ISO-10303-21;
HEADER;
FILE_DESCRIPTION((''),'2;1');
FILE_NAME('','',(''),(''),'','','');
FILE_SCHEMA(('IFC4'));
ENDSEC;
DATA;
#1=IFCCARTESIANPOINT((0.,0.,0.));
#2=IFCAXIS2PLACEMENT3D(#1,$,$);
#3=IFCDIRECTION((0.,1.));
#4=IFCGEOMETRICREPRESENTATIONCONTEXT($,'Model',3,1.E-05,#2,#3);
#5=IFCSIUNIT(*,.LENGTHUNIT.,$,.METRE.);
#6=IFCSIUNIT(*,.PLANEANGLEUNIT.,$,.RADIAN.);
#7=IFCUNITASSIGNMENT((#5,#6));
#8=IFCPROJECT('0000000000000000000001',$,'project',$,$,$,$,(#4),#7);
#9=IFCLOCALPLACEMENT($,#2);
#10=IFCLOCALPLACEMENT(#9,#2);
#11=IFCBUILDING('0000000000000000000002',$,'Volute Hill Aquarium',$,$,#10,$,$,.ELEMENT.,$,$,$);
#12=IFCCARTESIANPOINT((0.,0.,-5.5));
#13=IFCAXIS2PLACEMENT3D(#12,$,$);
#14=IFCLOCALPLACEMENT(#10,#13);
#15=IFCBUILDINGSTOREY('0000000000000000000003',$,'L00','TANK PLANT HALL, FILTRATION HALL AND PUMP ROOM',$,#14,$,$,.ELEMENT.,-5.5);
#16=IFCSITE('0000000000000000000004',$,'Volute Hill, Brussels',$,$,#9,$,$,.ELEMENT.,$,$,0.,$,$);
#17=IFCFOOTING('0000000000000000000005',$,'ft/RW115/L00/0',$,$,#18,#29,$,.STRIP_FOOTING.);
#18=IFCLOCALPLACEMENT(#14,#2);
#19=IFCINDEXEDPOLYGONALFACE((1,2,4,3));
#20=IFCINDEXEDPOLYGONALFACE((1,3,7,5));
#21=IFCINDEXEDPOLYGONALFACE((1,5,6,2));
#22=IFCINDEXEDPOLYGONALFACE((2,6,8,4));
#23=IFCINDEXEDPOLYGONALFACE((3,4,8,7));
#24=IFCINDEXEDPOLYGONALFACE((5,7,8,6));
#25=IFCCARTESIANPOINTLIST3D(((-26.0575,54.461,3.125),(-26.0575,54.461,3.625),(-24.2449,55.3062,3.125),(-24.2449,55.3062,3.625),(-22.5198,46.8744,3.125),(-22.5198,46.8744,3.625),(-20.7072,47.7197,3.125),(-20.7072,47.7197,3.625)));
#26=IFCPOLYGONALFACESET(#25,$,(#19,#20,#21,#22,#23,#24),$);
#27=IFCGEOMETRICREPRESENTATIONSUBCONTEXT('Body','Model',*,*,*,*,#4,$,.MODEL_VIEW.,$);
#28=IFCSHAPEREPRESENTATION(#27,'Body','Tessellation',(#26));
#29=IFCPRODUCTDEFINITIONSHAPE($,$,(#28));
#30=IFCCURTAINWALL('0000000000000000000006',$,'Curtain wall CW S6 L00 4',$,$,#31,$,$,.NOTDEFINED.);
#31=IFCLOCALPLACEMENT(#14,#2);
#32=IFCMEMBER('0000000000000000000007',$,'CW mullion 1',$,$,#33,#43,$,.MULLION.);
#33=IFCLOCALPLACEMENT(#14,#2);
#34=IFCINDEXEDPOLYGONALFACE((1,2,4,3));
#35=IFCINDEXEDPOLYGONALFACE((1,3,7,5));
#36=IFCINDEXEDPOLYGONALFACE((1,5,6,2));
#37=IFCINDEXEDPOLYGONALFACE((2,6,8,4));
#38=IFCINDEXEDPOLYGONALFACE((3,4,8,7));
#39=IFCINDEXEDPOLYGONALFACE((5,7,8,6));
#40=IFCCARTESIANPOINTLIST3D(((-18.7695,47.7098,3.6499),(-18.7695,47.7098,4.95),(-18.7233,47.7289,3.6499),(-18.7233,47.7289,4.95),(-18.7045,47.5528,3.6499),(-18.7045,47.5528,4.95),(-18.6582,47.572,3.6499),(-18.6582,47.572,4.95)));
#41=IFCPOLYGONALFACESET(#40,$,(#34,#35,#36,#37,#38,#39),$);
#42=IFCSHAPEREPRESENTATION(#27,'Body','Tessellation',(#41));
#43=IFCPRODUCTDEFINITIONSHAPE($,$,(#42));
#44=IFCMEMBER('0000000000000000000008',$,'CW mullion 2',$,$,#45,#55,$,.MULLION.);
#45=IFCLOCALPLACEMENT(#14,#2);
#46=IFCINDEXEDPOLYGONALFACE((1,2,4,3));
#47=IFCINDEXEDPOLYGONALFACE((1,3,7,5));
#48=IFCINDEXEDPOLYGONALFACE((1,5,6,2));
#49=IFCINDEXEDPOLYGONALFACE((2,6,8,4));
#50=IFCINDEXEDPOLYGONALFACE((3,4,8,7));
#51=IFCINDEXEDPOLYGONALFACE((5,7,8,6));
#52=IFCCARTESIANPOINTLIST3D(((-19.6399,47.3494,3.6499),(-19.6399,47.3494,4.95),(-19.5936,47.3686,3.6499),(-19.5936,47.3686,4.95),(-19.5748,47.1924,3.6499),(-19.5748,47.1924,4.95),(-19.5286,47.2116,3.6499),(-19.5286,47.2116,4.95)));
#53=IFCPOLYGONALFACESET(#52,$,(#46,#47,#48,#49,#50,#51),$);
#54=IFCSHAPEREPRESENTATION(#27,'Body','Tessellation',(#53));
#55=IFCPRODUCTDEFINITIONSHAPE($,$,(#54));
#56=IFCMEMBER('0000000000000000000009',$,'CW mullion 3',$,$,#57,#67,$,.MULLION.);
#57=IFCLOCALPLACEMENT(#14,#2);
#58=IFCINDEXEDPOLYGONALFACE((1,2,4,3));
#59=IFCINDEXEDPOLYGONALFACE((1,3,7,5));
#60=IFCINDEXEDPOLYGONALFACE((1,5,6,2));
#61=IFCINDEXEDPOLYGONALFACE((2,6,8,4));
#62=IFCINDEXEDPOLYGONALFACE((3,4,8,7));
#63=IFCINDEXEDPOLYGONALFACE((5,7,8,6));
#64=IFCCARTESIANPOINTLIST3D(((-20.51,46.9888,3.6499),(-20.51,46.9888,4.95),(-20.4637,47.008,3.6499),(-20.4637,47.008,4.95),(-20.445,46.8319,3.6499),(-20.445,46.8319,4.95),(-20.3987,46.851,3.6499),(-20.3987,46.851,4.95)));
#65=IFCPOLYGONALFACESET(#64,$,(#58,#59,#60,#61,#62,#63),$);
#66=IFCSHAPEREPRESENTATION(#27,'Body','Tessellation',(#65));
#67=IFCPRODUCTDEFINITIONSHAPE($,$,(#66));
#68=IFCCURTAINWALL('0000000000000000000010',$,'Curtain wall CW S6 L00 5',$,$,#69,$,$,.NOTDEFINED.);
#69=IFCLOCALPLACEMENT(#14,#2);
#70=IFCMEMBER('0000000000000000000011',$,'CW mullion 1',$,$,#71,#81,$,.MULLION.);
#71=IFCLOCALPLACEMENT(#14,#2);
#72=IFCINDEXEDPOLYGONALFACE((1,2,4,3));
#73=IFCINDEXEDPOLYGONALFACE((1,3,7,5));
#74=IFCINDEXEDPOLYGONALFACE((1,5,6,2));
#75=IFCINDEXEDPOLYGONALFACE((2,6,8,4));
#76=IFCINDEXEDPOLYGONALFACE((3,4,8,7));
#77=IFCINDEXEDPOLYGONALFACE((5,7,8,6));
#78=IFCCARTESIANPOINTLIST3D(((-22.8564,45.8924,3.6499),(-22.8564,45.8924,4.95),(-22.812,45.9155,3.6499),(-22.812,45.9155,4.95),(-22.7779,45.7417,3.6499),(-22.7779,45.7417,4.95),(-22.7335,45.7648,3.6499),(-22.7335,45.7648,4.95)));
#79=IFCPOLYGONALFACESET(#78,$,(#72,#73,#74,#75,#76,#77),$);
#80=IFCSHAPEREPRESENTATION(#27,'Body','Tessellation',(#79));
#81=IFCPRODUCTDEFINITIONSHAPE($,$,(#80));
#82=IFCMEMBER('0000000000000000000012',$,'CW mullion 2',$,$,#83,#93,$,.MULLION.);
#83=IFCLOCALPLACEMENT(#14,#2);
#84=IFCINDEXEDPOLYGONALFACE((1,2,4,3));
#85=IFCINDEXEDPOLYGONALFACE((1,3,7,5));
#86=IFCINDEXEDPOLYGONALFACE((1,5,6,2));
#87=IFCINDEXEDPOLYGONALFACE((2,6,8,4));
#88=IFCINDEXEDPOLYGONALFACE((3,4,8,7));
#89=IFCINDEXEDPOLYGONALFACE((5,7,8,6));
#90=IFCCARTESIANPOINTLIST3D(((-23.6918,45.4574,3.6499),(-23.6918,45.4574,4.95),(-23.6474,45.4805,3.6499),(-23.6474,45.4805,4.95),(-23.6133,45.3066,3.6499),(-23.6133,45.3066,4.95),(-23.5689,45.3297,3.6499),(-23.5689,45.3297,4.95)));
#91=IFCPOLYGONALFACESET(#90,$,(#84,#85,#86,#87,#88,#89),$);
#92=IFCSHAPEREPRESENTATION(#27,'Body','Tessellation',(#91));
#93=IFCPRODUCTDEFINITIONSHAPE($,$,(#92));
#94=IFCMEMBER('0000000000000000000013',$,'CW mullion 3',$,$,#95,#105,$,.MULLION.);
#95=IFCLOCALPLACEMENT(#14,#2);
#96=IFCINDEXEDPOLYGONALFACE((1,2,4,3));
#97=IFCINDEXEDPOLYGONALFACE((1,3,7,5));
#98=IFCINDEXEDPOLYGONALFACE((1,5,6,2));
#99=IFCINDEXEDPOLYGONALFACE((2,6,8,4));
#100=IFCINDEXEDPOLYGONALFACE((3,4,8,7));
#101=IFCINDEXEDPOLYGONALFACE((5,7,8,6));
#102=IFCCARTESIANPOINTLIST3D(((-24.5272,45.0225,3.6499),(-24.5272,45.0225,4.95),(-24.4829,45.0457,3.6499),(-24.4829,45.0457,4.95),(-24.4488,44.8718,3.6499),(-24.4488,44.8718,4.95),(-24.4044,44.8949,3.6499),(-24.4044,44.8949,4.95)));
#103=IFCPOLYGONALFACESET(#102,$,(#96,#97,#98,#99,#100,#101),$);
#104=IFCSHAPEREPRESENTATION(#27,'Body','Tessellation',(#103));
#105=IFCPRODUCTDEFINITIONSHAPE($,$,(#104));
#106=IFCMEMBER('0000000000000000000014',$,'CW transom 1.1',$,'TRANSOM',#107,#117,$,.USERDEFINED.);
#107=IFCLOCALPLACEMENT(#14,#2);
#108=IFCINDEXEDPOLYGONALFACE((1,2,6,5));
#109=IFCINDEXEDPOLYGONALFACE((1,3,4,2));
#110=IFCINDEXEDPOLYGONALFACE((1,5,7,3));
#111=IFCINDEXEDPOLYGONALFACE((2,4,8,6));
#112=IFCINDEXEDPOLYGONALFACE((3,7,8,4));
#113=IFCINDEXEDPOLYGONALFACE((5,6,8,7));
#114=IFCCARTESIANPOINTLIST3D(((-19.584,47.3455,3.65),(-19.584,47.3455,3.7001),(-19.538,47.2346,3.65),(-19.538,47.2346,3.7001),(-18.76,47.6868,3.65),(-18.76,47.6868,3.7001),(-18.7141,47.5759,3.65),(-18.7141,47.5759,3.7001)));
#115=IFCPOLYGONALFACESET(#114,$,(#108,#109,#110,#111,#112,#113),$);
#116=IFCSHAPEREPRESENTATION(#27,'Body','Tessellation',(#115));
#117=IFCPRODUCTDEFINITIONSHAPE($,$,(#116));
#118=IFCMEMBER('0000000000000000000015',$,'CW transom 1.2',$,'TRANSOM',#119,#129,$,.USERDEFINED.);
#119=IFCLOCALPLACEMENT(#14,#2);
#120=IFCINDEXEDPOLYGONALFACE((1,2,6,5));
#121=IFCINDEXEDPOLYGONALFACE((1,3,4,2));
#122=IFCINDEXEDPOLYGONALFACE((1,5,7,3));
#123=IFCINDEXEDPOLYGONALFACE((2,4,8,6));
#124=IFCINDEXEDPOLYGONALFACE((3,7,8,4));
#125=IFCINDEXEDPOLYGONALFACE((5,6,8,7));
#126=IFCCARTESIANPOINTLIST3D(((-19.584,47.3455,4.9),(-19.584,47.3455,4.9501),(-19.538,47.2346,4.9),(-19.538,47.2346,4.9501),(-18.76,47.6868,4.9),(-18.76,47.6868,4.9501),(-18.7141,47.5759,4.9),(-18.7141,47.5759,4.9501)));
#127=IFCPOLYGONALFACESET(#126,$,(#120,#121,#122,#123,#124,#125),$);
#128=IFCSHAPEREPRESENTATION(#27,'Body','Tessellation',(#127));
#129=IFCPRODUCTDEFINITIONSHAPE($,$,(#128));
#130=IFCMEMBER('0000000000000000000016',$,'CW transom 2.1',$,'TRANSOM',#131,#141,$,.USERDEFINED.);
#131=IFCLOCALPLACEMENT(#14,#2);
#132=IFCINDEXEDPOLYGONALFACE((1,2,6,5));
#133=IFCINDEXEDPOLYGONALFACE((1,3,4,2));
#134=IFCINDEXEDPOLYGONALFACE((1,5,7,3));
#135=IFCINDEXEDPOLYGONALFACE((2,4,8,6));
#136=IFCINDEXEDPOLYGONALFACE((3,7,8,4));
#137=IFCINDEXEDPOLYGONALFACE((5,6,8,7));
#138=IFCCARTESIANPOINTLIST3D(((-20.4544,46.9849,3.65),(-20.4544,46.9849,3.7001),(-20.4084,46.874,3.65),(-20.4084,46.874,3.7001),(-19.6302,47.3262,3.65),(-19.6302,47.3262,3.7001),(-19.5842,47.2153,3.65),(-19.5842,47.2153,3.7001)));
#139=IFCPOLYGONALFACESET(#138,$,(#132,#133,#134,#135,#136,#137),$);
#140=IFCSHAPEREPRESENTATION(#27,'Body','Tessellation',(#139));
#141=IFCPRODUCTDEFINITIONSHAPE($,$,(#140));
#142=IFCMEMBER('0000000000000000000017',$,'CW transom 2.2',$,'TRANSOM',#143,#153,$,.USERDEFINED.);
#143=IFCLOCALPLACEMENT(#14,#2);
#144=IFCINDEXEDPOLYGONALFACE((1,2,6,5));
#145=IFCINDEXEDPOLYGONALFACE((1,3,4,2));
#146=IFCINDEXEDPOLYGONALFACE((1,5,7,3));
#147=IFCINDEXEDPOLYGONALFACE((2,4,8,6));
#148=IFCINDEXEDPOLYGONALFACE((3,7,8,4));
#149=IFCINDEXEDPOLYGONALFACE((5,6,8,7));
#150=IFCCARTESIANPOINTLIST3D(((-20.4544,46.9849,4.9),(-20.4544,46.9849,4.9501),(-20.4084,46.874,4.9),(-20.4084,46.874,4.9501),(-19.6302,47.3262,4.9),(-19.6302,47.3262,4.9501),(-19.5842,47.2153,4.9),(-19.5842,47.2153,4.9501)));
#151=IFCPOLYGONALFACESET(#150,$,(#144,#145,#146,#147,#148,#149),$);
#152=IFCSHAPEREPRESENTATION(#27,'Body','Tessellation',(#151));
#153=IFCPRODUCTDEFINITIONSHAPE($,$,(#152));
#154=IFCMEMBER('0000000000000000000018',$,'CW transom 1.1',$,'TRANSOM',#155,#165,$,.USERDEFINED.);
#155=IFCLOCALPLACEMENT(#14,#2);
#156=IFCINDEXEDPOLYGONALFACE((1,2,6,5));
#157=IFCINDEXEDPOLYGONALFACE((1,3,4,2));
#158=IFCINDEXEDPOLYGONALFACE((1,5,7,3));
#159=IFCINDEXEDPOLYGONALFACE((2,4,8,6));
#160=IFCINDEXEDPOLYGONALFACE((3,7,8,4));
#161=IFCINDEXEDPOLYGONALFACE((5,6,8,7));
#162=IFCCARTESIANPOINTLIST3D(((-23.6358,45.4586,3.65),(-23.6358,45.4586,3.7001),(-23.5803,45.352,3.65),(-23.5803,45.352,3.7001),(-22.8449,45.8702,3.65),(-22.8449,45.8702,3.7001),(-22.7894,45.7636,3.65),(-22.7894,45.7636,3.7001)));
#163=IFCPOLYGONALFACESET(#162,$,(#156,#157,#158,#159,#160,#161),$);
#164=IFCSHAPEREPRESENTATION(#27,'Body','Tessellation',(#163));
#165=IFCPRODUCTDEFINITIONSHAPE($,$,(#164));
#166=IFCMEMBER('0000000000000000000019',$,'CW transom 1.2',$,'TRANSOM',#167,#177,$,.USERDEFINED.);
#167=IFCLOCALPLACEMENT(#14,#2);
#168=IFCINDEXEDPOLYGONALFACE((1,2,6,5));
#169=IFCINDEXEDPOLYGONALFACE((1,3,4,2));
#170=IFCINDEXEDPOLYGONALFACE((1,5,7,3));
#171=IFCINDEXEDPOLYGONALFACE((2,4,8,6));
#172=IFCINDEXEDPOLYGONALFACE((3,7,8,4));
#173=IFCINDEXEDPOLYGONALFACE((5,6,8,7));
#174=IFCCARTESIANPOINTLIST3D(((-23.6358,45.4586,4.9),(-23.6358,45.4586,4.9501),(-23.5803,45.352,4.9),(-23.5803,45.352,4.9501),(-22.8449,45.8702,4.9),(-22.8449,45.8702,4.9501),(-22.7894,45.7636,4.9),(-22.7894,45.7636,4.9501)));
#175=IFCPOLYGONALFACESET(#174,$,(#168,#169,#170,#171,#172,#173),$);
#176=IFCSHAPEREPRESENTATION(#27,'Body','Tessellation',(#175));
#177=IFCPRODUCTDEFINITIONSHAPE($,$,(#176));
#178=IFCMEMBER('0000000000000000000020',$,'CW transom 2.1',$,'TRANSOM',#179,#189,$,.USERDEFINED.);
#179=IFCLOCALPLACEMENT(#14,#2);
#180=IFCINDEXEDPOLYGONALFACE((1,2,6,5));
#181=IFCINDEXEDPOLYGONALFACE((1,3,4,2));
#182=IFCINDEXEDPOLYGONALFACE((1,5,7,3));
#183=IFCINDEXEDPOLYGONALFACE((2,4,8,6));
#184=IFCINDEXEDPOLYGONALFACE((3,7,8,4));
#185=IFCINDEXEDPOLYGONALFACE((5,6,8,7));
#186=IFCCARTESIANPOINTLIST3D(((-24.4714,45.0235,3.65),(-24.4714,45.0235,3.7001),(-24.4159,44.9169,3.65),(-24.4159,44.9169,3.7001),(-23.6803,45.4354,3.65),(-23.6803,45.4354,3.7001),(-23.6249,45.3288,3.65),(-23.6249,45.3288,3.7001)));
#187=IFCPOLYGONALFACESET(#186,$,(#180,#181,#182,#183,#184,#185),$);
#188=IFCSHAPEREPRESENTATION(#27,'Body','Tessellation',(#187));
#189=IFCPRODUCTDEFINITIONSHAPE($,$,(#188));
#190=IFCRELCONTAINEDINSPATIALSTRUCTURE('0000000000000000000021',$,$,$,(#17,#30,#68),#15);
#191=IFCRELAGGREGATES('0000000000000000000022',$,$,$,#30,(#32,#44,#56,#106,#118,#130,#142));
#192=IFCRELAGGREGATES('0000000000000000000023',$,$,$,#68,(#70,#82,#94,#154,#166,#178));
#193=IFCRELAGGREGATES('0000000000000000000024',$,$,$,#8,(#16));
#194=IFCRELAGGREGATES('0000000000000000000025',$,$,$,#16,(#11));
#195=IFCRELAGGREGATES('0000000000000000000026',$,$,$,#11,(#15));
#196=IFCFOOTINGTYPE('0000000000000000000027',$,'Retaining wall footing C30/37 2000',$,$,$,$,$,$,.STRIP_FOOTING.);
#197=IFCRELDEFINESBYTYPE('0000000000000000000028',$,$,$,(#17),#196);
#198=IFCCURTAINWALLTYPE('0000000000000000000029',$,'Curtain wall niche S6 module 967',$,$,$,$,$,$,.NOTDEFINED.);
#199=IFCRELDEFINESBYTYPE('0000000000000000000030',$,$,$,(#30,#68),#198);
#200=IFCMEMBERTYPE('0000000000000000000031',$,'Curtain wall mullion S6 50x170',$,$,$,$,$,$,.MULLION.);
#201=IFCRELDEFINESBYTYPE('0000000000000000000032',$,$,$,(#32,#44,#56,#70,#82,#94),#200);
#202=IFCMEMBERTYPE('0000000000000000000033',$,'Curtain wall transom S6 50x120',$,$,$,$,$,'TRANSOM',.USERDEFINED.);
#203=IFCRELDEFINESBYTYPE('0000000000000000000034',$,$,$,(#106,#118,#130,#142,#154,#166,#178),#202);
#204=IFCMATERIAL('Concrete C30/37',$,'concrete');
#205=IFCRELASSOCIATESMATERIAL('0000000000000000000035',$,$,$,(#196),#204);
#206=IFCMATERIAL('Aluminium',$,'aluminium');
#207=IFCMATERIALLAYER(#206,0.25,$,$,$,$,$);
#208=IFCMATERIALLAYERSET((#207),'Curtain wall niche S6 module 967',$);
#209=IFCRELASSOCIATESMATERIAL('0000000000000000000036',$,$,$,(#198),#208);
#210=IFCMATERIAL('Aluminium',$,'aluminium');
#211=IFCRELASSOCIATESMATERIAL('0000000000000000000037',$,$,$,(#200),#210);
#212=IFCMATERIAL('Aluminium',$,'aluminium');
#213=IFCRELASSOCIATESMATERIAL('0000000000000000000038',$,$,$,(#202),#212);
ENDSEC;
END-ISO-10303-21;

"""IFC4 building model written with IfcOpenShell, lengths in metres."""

from ifc_helpers import new_model, si_unit, direction, frame, origin, origin_2d, place, context, subcontext, project, spatial, rectangle, extrude, material, layer, layer_set, material_profile, profile_set, type_object, element, aggregate, save


model = new_model("IFC4")

# Units and contexts
model_context = context("Model", 3, precision=1e-05, world=origin(), true_north=direction((0.0, 1.0)))
body_context = subcontext(model_context, "Body", "Model", "MODEL_VIEW")
ifc_project = project(units=[si_unit("LENGTHUNIT", "METRE"), si_unit("PLANEANGLEUNIT", "RADIAN")], contexts=[model_context])

# Site, building, storey
site_placement = place(None, origin())
site = spatial("IfcSite", under=ifc_project, at=site_placement, Name="Volute Hill, Brussels", CompositionType="ELEMENT", RefElevation=0.0)
building_placement = place(site_placement, origin())
building = spatial("IfcBuilding", under=site, at=building_placement, Name="Volute Hill Aquarium", CompositionType="ELEMENT")
storey_placement = place(building_placement, frame((0.0, 0.0, -5.5)))
storey = spatial("IfcBuildingStorey", under=building, at=storey_placement, Name="L00", Description="TANK PLANT HALL, FILTRATION HALL AND PUMP ROOM", CompositionType="ELEMENT", Elevation=-5.5)

# Footing
ifc_material_1 = material(Name="Concrete C30/37", Category="concrete")
footing_type = type_object("IfcFootingType", Name="Retaining wall footing C30/37 2000", PredefinedType="STRIP_FOOTING", material=ifc_material_1)
footing_placement = place(storey_placement, frame((-23.3823, 51.0903, 3.125), z_axis=(0.0, 0.0, 1.0), x_axis=(-0.422618, 0.906308, 0.0)))
element("IfcFooting", 1, at=footing_placement, inside=storey, type_object=footing_type, Name="ft/RW115/L00/0", PredefinedType="STRIP_FOOTING", context=body_context, shape_type="SweptSolid", body=[
    extrude(rectangle(XDim=8.3708, YDim=2.0, at=origin_2d()), origin(), (0.0, 0.0, 1.0), 0.5),
])

# Curtain walls, members
ifc_material_2 = material(Name="Aluminium", Category="aluminium")
ifc_layer_1 = layer(ifc_material_2, 0.25)
ifc_layer_set_1 = layer_set([ifc_layer_1], Name="Curtain wall niche S6 module 967")
curtain_wall_type = type_object("IfcCurtainWallType", Name="Curtain wall niche S6 module 967", PredefinedType="NOTDEFINED", material=ifc_layer_set_1)
curtain_wall_1_placement = place(storey_placement, origin())
curtain_wall_1 = element("IfcCurtainWall", 2, at=curtain_wall_1_placement, inside=storey, type_object=curtain_wall_type, Name="Curtain wall CW S6 L00 4", PredefinedType="NOTDEFINED")
ifc_material_3 = material(Name="Aluminium", Category="aluminium")
ifc_material_profile_1 = material_profile(ifc_material_3, rectangle(XDim=0.1699, YDim=0.05, at=origin_2d()), Name="Curtain wall mullion S6 50x170")
ifc_profile_set_1 = profile_set([ifc_material_profile_1], Name="Aluminium")
member_type_1 = type_object("IfcMemberType", Name="Curtain wall mullion S6 50x170", PredefinedType="MULLION", material=ifc_profile_set_1)
member_1_placement = place(storey_placement, frame((-18.7139, 47.6409, 3.6499), z_axis=(0.0, 0.0, 1.0), x_axis=(0.38268, -0.923881, 0.0)))
member_1 = element("IfcMember", 3, at=member_1_placement, type_object=member_type_1, Name="CW mullion 1", PredefinedType="MULLION", context=body_context, shape_type="SweptSolid", body=[
    extrude(rectangle(XDim=0.1699, YDim=0.05, at=origin_2d()), origin(), (0.0, 0.0, 1.0), 1.3),
])
member_2_placement = place(storey_placement, frame((-19.5842, 47.2805, 3.6499), z_axis=(0.0, 0.0, 1.0), x_axis=(0.38268, -0.923881, 0.0)))
member_2 = element("IfcMember", 4, at=member_2_placement, type_object=member_type_1, Name="CW mullion 2", PredefinedType="MULLION", context=body_context, shape_type="SweptSolid", body=[
    extrude(rectangle(XDim=0.1699, YDim=0.05, at=origin_2d()), origin(), (0.0, 0.0, 1.0), 1.3),
])
member_3_placement = place(storey_placement, frame((-20.4543, 46.9199, 3.6499), z_axis=(0.0, 0.0, 1.0), x_axis=(0.38268, -0.923881, 0.0)))
member_3 = element("IfcMember", 5, at=member_3_placement, type_object=member_type_1, Name="CW mullion 3", PredefinedType="MULLION", context=body_context, shape_type="SweptSolid", body=[
    extrude(rectangle(XDim=0.1699, YDim=0.05, at=origin_2d()), origin(), (0.0, 0.0, 1.0), 1.3),
])
curtain_wall_2_placement = place(storey_placement, origin())
curtain_wall_2 = element("IfcCurtainWall", 6, at=curtain_wall_2_placement, inside=storey, type_object=curtain_wall_type, Name="Curtain wall CW S6 L00 5", PredefinedType="NOTDEFINED")
member_4_placement = place(storey_placement, frame((-22.7949, 45.8286, 3.6499), z_axis=(0.0, 0.0, 1.0), x_axis=(0.46176, -0.887005, 0.0)))
member_4 = element("IfcMember", 7, at=member_4_placement, type_object=member_type_1, Name="CW mullion 1", PredefinedType="MULLION", context=body_context, shape_type="SweptSolid", body=[
    extrude(rectangle(XDim=0.1699, YDim=0.05, at=origin_2d()), origin(), (0.0, 0.0, 1.0), 1.3),
])
member_5_placement = place(storey_placement, frame((-23.6304, 45.3936, 3.6499), z_axis=(0.0, 0.0, 1.0), x_axis=(0.46176, -0.887005, 0.0)))
member_5 = element("IfcMember", 8, at=member_5_placement, type_object=member_type_1, Name="CW mullion 2", PredefinedType="MULLION", context=body_context, shape_type="SweptSolid", body=[
    extrude(rectangle(XDim=0.1699, YDim=0.05, at=origin_2d()), origin(), (0.0, 0.0, 1.0), 1.3),
])
member_6_placement = place(storey_placement, frame((-24.4658, 44.9587, 3.6499), z_axis=(0.0, 0.0, 1.0), x_axis=(0.46176, -0.887005, 0.0)))
member_6 = element("IfcMember", 9, at=member_6_placement, type_object=member_type_1, Name="CW mullion 3", PredefinedType="MULLION", context=body_context, shape_type="SweptSolid", body=[
    extrude(rectangle(XDim=0.1699, YDim=0.05, at=origin_2d()), origin(), (0.0, 0.0, 1.0), 1.3),
])

# Members
ifc_material_4 = material(Name="Aluminium", Category="aluminium")
ifc_material_profile_2 = material_profile(ifc_material_4, rectangle(XDim=0.1201, YDim=0.05, at=origin_2d()), Name="Curtain wall transom S6 50x120")
ifc_profile_set_2 = profile_set([ifc_material_profile_2], Name="Aluminium")
member_type_2 = type_object("IfcMemberType", Name="Curtain wall transom S6 50x120", ElementType="TRANSOM", PredefinedType="USERDEFINED", material=ifc_profile_set_2)
member_7_placement = place(storey_placement, frame((-18.7371, 47.6313, 3.675), z_axis=(-0.923877, -0.38269, 0.0), x_axis=(0.38269, -0.923877, 0.0)))
member_7 = element("IfcMember", 10, at=member_7_placement, type_object=member_type_2, Name="CW transom 1.1", ObjectType="TRANSOM", PredefinedType="USERDEFINED", context=body_context, shape_type="SweptSolid", body=[
    extrude(rectangle(XDim=0.1201, YDim=0.05, at=origin_2d()), origin(), (0.0, 0.0, 1.0), 0.8918),
])
member_8_placement = place(storey_placement, frame((-18.7371, 47.6313, 4.925), z_axis=(-0.923877, -0.38269, 0.0), x_axis=(0.38269, -0.923877, 0.0)))
member_8 = element("IfcMember", 11, at=member_8_placement, type_object=member_type_2, Name="CW transom 1.2", ObjectType="TRANSOM", PredefinedType="USERDEFINED", context=body_context, shape_type="SweptSolid", body=[
    extrude(rectangle(XDim=0.1201, YDim=0.05, at=origin_2d()), origin(), (0.0, 0.0, 1.0), 0.8918),
])
member_9_placement = place(storey_placement, frame((-19.6072, 47.2708, 3.675), z_axis=(-0.923917, -0.382594, 0.0), x_axis=(0.382594, -0.923917, 0.0)))
member_9 = element("IfcMember", 12, at=member_9_placement, type_object=member_type_2, Name="CW transom 2.1", ObjectType="TRANSOM", PredefinedType="USERDEFINED", context=body_context, shape_type="SweptSolid", body=[
    extrude(rectangle(XDim=0.1201, YDim=0.05, at=origin_2d()), origin(), (0.0, 0.0, 1.0), 0.8921),
])
member_10_placement = place(storey_placement, frame((-19.6072, 47.2708, 4.925), z_axis=(-0.923917, -0.382594, 0.0), x_axis=(0.382594, -0.923917, 0.0)))
member_10 = element("IfcMember", 13, at=member_10_placement, type_object=member_type_2, Name="CW transom 2.2", ObjectType="TRANSOM", PredefinedType="USERDEFINED", context=body_context, shape_type="SweptSolid", body=[
    extrude(rectangle(XDim=0.1201, YDim=0.05, at=origin_2d()), origin(), (0.0, 0.0, 1.0), 0.8921),
])
member_11_placement = place(storey_placement, frame((-22.8171, 45.8169, 3.675), z_axis=(-0.887082, -0.461611, 0.0), x_axis=(0.461611, -0.887082, 0.0)))
member_11 = element("IfcMember", 14, at=member_11_placement, type_object=member_type_2, Name="CW transom 1.1", ObjectType="TRANSOM", PredefinedType="USERDEFINED", context=body_context, shape_type="SweptSolid", body=[
    extrude(rectangle(XDim=0.1201, YDim=0.05, at=origin_2d()), origin(), (0.0, 0.0, 1.0), 0.8916),
])
member_12_placement = place(storey_placement, frame((-22.8171, 45.8169, 4.925), z_axis=(-0.887082, -0.461611, 0.0), x_axis=(0.461611, -0.887082, 0.0)))
member_12 = element("IfcMember", 15, at=member_12_placement, type_object=member_type_2, Name="CW transom 1.2", ObjectType="TRANSOM", PredefinedType="USERDEFINED", context=body_context, shape_type="SweptSolid", body=[
    extrude(rectangle(XDim=0.1201, YDim=0.05, at=origin_2d()), origin(), (0.0, 0.0, 1.0), 0.8916),
])
member_13_placement = place(storey_placement, frame((-23.6526, 45.3821, 3.675), z_axis=(-0.88697, -0.461827, 0.0), x_axis=(0.461827, -0.88697, 0.0)))
member_13 = element("IfcMember", 16, at=member_13_placement, type_object=member_type_2, Name="CW transom 2.1", ObjectType="TRANSOM", PredefinedType="USERDEFINED", context=body_context, shape_type="SweptSolid", body=[
    extrude(rectangle(XDim=0.1201, YDim=0.05, at=origin_2d()), origin(), (0.0, 0.0, 1.0), 0.8918),
])

aggregate(curtain_wall_1, [member_1, member_2, member_3, member_7, member_8, member_9, member_10])
aggregate(curtain_wall_2, [member_4, member_5, member_6, member_11, member_12, member_13])

save(model, "model.ifc")
